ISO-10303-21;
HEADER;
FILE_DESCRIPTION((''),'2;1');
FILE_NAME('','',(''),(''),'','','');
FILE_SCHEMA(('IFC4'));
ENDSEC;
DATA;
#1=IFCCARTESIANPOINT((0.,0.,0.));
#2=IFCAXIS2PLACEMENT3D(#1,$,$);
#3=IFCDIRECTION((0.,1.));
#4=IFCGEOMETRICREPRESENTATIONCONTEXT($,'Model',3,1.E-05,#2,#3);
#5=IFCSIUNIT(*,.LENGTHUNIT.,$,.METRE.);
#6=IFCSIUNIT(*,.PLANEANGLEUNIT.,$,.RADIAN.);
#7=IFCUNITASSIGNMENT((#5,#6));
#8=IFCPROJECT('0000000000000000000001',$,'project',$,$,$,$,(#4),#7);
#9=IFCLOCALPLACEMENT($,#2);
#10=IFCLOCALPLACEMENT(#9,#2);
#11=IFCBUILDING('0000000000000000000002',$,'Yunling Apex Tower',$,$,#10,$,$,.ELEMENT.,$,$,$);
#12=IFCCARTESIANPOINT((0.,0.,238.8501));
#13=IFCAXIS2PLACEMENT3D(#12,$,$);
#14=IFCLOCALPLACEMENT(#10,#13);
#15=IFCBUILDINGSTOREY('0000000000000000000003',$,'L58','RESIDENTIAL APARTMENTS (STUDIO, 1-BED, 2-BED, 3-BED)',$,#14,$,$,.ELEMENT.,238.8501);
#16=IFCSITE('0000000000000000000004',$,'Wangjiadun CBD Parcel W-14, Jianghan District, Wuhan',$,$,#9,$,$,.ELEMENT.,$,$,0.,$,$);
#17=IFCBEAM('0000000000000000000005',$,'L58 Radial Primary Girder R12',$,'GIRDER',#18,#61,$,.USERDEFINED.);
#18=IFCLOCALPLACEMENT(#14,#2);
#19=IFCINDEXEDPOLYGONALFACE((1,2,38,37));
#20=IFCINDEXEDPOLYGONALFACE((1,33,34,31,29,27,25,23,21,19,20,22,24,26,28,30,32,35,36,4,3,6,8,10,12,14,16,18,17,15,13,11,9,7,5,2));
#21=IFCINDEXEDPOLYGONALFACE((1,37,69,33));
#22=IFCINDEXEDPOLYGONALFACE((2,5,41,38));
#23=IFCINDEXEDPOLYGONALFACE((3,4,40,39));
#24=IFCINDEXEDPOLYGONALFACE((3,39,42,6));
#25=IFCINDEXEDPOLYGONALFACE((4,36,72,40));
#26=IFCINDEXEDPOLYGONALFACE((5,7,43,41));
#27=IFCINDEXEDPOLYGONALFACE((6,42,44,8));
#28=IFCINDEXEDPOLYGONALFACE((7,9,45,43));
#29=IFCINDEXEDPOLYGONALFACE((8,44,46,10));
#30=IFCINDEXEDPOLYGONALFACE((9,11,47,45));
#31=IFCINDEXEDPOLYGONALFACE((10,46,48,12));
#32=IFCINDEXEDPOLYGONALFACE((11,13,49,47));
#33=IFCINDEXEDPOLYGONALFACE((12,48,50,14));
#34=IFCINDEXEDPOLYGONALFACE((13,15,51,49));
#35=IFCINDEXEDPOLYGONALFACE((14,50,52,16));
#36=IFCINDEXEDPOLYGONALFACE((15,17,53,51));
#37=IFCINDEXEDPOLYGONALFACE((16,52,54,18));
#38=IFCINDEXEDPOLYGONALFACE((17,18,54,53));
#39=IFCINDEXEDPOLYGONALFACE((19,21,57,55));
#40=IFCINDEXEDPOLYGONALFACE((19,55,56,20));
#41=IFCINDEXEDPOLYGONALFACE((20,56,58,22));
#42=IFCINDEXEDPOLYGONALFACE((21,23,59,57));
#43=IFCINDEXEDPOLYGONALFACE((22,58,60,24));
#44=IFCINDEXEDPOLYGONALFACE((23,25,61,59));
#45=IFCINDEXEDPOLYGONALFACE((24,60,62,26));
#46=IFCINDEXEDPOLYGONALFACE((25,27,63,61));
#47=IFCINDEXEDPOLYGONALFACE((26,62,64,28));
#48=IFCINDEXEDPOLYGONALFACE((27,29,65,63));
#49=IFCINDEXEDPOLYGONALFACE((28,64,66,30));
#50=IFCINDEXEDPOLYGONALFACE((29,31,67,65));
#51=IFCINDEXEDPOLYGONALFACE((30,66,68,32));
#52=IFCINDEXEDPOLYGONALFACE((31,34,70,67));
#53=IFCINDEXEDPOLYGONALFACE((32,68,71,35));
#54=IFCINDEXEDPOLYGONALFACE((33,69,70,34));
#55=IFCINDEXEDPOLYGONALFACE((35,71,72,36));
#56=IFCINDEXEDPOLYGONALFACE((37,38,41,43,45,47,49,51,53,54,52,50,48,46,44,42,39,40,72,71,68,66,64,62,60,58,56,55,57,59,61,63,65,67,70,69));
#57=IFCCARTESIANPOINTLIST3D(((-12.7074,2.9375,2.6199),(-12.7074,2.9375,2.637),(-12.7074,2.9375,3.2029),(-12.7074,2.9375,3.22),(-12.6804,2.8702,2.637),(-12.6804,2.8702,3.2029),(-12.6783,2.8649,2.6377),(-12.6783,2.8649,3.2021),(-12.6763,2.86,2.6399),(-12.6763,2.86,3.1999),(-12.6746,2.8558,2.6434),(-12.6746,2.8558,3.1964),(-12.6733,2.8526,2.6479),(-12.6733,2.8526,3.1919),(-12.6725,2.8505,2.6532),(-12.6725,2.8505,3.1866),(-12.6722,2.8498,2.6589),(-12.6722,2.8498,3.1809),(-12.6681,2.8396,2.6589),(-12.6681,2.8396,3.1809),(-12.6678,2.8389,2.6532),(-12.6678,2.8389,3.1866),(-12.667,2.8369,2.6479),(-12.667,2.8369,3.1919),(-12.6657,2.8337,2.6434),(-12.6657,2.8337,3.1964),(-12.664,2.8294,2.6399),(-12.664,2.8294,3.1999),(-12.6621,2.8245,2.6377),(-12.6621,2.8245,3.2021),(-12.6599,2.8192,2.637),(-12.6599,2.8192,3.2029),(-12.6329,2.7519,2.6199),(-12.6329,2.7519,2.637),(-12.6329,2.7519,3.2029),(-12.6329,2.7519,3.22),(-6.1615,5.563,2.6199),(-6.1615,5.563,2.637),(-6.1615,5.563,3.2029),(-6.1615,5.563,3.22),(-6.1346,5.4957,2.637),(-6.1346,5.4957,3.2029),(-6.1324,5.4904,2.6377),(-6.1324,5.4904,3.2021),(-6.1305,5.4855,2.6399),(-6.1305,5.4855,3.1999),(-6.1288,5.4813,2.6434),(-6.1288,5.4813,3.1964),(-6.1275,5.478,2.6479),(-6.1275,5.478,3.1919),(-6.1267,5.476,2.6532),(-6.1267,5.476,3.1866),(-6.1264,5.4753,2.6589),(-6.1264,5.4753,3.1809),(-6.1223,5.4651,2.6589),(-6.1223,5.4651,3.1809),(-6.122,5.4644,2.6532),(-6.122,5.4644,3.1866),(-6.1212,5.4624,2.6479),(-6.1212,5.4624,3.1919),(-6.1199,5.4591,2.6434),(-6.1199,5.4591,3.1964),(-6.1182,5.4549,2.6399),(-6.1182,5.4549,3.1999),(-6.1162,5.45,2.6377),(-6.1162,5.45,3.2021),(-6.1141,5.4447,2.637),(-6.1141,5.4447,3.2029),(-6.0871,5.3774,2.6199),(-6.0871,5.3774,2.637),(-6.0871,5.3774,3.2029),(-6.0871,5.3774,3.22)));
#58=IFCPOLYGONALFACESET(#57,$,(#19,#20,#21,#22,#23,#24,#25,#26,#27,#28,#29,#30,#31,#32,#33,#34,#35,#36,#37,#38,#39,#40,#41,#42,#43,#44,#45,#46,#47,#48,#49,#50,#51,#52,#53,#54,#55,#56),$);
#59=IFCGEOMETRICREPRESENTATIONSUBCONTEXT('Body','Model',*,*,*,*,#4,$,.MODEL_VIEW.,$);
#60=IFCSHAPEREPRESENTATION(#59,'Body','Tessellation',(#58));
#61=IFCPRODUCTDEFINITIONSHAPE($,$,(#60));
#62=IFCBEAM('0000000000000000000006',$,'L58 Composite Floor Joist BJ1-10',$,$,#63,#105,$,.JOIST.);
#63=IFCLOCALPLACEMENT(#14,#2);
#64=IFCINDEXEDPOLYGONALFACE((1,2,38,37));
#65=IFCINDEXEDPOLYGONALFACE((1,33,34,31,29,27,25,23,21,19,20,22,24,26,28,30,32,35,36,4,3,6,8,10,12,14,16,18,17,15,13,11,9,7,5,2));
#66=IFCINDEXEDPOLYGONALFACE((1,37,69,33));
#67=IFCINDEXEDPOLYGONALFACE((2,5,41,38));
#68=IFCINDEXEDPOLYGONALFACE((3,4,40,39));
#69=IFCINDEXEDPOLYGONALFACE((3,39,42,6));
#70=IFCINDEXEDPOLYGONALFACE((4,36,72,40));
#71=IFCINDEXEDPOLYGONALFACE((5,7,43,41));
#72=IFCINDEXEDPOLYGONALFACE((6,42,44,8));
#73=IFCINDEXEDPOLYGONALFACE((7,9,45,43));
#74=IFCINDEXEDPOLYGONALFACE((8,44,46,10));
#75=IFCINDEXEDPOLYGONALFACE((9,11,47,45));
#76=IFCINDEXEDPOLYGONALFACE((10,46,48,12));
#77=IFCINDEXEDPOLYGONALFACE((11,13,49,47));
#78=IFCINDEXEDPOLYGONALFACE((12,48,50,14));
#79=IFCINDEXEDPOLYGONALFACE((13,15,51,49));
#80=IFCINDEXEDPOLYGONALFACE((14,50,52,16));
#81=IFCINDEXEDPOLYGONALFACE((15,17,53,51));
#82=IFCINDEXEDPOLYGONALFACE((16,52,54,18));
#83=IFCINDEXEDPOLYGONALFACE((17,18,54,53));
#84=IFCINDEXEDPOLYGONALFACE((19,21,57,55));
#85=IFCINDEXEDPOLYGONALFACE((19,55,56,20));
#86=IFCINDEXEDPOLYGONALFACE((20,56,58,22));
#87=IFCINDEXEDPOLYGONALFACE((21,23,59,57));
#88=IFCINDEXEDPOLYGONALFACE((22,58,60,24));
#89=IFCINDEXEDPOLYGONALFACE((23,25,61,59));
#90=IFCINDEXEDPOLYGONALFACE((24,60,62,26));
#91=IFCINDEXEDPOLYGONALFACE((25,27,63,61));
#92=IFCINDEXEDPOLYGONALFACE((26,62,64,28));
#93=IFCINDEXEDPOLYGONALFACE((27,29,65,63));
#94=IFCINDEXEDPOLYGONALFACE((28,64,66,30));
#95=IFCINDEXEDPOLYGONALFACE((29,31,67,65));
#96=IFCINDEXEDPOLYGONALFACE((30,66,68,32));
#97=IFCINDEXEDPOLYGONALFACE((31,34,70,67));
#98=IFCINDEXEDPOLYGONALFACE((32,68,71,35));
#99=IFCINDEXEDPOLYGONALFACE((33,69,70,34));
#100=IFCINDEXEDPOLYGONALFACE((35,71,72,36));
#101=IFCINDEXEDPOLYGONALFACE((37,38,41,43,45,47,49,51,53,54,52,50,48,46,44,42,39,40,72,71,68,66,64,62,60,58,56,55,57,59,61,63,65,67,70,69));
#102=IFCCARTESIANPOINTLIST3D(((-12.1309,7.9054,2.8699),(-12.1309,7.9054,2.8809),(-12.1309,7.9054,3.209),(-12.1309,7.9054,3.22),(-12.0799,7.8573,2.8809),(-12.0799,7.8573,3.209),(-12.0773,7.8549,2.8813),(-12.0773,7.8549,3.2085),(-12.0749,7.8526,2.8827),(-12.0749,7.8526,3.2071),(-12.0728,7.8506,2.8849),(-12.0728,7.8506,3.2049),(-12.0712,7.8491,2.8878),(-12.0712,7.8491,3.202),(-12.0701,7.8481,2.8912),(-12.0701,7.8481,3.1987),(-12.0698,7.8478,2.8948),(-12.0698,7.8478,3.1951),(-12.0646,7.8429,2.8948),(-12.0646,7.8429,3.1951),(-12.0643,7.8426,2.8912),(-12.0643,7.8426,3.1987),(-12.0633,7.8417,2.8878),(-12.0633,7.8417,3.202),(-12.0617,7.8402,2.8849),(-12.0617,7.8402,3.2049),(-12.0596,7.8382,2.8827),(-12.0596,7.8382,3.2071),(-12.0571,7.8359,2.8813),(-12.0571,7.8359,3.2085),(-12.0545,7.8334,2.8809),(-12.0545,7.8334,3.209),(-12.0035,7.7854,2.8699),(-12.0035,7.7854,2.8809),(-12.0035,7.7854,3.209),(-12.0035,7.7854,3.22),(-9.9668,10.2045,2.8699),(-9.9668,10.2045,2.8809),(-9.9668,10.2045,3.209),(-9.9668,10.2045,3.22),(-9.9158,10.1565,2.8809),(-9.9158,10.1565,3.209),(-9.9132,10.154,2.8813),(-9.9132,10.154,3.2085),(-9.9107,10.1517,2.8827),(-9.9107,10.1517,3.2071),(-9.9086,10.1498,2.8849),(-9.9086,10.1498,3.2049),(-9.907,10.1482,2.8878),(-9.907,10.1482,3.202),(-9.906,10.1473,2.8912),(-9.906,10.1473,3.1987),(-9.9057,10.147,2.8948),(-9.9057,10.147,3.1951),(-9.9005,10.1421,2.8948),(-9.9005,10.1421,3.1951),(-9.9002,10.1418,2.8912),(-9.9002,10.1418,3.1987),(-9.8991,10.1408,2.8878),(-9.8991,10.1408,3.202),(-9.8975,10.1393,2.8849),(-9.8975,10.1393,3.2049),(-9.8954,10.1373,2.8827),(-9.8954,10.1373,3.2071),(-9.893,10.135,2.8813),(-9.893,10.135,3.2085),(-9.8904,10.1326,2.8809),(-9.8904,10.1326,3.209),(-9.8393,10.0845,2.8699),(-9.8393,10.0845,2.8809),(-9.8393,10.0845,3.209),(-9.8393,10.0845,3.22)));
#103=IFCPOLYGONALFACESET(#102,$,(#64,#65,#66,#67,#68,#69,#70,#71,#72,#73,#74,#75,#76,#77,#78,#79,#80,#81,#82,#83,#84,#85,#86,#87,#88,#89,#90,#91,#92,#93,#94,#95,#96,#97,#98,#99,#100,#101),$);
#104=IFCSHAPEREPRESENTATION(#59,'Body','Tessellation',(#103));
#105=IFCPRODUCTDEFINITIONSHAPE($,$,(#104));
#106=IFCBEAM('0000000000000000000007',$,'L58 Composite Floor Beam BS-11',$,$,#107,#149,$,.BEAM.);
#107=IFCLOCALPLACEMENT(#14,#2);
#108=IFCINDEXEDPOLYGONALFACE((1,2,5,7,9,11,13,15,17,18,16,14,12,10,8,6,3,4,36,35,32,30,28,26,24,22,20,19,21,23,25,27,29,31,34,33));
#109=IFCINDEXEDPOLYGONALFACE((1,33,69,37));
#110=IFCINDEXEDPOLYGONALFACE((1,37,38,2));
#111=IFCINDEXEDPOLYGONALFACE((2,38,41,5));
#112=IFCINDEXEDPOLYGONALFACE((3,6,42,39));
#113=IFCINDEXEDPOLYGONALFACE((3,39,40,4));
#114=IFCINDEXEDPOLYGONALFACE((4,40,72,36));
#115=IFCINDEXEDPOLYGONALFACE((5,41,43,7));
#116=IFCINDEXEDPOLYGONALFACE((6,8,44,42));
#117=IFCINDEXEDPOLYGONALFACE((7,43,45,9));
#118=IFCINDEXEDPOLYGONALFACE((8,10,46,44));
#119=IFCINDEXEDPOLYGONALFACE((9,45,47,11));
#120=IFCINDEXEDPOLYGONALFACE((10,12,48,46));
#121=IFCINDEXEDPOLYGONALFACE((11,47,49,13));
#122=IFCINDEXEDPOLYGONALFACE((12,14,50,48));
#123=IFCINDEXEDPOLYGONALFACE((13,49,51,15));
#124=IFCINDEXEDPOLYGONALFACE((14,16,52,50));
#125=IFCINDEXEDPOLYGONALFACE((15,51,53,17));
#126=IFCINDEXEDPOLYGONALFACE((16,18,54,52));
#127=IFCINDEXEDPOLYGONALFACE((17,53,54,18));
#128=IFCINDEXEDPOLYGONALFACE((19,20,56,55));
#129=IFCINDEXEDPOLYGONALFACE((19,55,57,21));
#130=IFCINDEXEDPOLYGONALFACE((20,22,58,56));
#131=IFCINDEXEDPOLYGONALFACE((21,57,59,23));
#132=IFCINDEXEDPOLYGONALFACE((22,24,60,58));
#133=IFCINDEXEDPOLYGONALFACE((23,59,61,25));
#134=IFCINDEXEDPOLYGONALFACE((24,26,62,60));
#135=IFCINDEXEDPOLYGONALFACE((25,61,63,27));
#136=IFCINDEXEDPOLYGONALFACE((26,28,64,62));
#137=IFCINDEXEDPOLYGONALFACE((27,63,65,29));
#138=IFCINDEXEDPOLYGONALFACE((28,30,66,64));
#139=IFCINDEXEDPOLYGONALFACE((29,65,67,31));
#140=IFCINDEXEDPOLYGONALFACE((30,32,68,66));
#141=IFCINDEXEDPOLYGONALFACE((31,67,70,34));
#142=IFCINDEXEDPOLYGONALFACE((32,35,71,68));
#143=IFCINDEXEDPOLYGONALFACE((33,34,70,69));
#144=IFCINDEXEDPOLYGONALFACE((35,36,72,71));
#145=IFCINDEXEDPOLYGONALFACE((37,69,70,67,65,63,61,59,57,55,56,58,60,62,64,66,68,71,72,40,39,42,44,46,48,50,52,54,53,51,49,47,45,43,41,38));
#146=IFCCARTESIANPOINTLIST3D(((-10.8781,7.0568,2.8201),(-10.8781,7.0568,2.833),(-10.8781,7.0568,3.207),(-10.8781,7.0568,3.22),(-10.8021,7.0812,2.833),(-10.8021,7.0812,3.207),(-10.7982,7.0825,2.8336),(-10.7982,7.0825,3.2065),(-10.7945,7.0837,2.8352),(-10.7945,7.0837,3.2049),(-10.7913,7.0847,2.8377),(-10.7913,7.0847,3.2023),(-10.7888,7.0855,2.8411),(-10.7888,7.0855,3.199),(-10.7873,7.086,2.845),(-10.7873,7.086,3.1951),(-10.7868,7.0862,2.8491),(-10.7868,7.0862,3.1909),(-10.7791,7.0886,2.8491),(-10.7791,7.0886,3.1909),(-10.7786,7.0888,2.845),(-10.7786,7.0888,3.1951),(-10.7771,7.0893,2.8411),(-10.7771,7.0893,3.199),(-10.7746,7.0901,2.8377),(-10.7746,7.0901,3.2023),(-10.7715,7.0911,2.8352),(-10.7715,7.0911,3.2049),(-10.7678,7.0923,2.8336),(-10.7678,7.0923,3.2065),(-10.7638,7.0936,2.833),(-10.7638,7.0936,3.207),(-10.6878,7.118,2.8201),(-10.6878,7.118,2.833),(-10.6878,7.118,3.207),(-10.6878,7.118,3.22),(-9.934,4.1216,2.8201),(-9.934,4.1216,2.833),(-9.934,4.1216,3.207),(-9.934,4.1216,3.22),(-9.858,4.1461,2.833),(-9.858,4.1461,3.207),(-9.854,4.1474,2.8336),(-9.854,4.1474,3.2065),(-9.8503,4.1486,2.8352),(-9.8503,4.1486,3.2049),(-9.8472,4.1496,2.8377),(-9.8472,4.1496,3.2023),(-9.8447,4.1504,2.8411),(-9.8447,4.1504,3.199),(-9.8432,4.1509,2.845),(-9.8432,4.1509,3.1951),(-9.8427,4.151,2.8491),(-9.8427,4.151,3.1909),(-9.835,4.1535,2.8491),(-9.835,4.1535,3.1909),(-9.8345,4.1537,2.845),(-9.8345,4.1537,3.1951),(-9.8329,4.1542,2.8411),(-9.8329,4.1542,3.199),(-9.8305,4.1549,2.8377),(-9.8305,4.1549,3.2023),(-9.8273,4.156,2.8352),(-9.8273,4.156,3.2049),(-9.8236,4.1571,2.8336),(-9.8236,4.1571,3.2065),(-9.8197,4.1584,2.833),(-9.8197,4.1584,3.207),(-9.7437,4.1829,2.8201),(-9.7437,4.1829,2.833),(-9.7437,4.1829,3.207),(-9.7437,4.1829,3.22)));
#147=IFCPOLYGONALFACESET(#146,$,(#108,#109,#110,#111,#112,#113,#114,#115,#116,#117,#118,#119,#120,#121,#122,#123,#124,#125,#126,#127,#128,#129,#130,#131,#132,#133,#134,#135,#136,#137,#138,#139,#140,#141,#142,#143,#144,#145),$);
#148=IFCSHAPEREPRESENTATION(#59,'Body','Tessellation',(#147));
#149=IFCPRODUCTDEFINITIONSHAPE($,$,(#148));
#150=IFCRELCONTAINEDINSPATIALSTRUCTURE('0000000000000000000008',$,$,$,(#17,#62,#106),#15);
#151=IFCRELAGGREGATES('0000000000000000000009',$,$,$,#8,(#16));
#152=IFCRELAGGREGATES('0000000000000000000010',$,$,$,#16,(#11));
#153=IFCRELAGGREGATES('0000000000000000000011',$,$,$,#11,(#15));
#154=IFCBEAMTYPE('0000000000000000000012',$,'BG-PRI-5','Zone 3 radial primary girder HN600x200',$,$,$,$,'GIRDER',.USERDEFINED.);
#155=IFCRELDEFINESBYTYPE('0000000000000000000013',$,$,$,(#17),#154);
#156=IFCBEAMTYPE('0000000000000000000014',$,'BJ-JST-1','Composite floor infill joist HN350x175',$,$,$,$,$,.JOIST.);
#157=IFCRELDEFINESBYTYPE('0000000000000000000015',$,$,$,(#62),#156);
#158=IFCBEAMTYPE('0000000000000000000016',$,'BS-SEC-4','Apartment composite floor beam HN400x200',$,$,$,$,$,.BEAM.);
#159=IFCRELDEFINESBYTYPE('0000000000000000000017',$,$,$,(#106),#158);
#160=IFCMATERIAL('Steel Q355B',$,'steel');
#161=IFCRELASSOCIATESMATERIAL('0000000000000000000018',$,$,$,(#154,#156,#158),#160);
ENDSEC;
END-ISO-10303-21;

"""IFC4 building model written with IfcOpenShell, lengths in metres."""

from ifc_helpers import new_model, si_unit, direction, frame, origin, origin_2d, place, context, subcontext, project, spatial, i_section, extrude, source, transform, mapped, material, material_profile, profile_set, type_object, element, save


model = new_model("IFC4")

# Units and contexts
model_context = context("Model", 3, precision=1e-05, world=origin(), true_north=direction((0.0, 1.0)))
body_context = subcontext(model_context, "Body", "Model", "MODEL_VIEW")
ifc_project = project(units=[si_unit("LENGTHUNIT", "METRE"), si_unit("PLANEANGLEUNIT", "RADIAN")], contexts=[model_context])

# Site, building, storey
site_placement = place(None, origin())
site = spatial("IfcSite", under=ifc_project, at=site_placement, Name="Wangjiadun CBD Parcel W-14, Jianghan District, Wuhan", CompositionType="ELEMENT", RefElevation=0.0)
building_placement = place(site_placement, origin())
building = spatial("IfcBuilding", under=site, at=building_placement, Name="Yunling Apex Tower", CompositionType="ELEMENT")
storey_placement = place(building_placement, frame((0.0, 0.0, 238.8501)))
storey = spatial("IfcBuildingStorey", under=building, at=storey_placement, Name="L58", Description="RESIDENTIAL APARTMENTS (STUDIO, 1-BED, 2-BED, 3-BED)", CompositionType="ELEMENT", Elevation=238.8501)

# Beams
ifc_material_1 = material(Name="Steel Q355B", Category="steel")
ifc_material_profile_1 = material_profile(ifc_material_1, i_section(OverallWidth=0.2, OverallDepth=0.6001, WebThickness=0.011, FlangeThickness=0.0171, FilletRadius=0.022, at=origin_2d()))
ifc_profile_set_1 = profile_set([ifc_material_profile_1], Name="Steel Q355B")
beam_type_1 = type_object("IfcBeamType", Name="BG-PRI-5", Description="Zone 3 radial primary girder HN600x200", ElementType="GIRDER", PredefinedType="USERDEFINED", material=ifc_profile_set_1)
shared_shape_1 = source(origin(), body_context, "Body", "SweptSolid", [
    extrude(i_section(OverallWidth=0.2, OverallDepth=0.6001, WebThickness=0.011, FlangeThickness=0.0171, FilletRadius=0.022, at=origin_2d()), origin(), (0.0, 0.0, 1.0), 7.0527),
])
beam_1_placement = place(storey_placement, frame((-12.6702, 2.8447, 2.9199), z_axis=(0.928128, 0.372262, 0.0), x_axis=(-0.372262, 0.928128, 0.0)))
element("IfcBeam", 1, at=beam_1_placement, inside=storey, type_object=beam_type_1, Name="L58 Radial Primary Girder R12", ObjectType="GIRDER", PredefinedType="USERDEFINED", context=body_context, shape_type="MappedRepresentation", body=[
    mapped(shared_shape_1, transform((0.0, 0.0, 0.0), scale=1.0)),
])
ifc_material_profile_2 = material_profile(ifc_material_1, i_section(OverallWidth=0.175, OverallDepth=0.3501, WebThickness=0.0071, FlangeThickness=0.011, FilletRadius=0.0139, at=origin_2d()))
ifc_profile_set_2 = profile_set([ifc_material_profile_2], Name="Steel Q355B")
beam_type_2 = type_object("IfcBeamType", Name="BJ-JST-1", Description="Composite floor infill joist HN350x175", PredefinedType="JOIST", material=ifc_profile_set_2)
shared_shape_2 = source(origin(), body_context, "Body", "SweptSolid", [
    extrude(i_section(OverallWidth=0.175, OverallDepth=0.3501, WebThickness=0.0071, FlangeThickness=0.011, FilletRadius=0.0139, at=origin_2d()), origin(), (0.0, 0.0, 1.0), 3.1575),
])
beam_2_placement = place(storey_placement, frame((-9.9031, 10.1445, 3.0449), z_axis=(-0.685403, -0.728164, 0.0), x_axis=(0.728164, -0.685403, 0.0)))
element("IfcBeam", 2, at=beam_2_placement, inside=storey, type_object=beam_type_2, Name="L58 Composite Floor Joist BJ1-10", PredefinedType="JOIST", context=body_context, shape_type="MappedRepresentation", body=[
    mapped(shared_shape_2, transform((0.0, 0.0, 0.0), scale=1.0)),
])
ifc_material_profile_3 = material_profile(ifc_material_1, i_section(OverallWidth=0.2, OverallDepth=0.3999, WebThickness=0.0081, FlangeThickness=0.0129, FilletRadius=0.0161, at=origin_2d()))
ifc_profile_set_3 = profile_set([ifc_material_profile_3], Name="Steel Q355B")
beam_type_3 = type_object("IfcBeamType", Name="BS-SEC-4", Description="Apartment composite floor beam HN400x200", PredefinedType="BEAM", material=ifc_profile_set_3)
shared_shape_3 = source(origin(), body_context, "Body", "SweptSolid", [
    extrude(i_section(OverallWidth=0.2, OverallDepth=0.3999, WebThickness=0.0081, FlangeThickness=0.0129, FilletRadius=0.0161, at=origin_2d()), origin(), (0.0, 0.0, 1.0), 3.0833),
])
beam_3_placement = place(storey_placement, frame((-10.783, 7.0874, 3.02), z_axis=(0.306209, -0.951964, 0.0), x_axis=(0.951964, 0.306209, 0.0)))
element("IfcBeam", 3, at=beam_3_placement, inside=storey, type_object=beam_type_3, Name="L58 Composite Floor Beam BS-11", PredefinedType="BEAM", context=body_context, shape_type="MappedRepresentation", body=[
    mapped(shared_shape_3, transform((0.0, 0.0, 0.0), scale=1.0)),
])

save(model, "model.ifc")
